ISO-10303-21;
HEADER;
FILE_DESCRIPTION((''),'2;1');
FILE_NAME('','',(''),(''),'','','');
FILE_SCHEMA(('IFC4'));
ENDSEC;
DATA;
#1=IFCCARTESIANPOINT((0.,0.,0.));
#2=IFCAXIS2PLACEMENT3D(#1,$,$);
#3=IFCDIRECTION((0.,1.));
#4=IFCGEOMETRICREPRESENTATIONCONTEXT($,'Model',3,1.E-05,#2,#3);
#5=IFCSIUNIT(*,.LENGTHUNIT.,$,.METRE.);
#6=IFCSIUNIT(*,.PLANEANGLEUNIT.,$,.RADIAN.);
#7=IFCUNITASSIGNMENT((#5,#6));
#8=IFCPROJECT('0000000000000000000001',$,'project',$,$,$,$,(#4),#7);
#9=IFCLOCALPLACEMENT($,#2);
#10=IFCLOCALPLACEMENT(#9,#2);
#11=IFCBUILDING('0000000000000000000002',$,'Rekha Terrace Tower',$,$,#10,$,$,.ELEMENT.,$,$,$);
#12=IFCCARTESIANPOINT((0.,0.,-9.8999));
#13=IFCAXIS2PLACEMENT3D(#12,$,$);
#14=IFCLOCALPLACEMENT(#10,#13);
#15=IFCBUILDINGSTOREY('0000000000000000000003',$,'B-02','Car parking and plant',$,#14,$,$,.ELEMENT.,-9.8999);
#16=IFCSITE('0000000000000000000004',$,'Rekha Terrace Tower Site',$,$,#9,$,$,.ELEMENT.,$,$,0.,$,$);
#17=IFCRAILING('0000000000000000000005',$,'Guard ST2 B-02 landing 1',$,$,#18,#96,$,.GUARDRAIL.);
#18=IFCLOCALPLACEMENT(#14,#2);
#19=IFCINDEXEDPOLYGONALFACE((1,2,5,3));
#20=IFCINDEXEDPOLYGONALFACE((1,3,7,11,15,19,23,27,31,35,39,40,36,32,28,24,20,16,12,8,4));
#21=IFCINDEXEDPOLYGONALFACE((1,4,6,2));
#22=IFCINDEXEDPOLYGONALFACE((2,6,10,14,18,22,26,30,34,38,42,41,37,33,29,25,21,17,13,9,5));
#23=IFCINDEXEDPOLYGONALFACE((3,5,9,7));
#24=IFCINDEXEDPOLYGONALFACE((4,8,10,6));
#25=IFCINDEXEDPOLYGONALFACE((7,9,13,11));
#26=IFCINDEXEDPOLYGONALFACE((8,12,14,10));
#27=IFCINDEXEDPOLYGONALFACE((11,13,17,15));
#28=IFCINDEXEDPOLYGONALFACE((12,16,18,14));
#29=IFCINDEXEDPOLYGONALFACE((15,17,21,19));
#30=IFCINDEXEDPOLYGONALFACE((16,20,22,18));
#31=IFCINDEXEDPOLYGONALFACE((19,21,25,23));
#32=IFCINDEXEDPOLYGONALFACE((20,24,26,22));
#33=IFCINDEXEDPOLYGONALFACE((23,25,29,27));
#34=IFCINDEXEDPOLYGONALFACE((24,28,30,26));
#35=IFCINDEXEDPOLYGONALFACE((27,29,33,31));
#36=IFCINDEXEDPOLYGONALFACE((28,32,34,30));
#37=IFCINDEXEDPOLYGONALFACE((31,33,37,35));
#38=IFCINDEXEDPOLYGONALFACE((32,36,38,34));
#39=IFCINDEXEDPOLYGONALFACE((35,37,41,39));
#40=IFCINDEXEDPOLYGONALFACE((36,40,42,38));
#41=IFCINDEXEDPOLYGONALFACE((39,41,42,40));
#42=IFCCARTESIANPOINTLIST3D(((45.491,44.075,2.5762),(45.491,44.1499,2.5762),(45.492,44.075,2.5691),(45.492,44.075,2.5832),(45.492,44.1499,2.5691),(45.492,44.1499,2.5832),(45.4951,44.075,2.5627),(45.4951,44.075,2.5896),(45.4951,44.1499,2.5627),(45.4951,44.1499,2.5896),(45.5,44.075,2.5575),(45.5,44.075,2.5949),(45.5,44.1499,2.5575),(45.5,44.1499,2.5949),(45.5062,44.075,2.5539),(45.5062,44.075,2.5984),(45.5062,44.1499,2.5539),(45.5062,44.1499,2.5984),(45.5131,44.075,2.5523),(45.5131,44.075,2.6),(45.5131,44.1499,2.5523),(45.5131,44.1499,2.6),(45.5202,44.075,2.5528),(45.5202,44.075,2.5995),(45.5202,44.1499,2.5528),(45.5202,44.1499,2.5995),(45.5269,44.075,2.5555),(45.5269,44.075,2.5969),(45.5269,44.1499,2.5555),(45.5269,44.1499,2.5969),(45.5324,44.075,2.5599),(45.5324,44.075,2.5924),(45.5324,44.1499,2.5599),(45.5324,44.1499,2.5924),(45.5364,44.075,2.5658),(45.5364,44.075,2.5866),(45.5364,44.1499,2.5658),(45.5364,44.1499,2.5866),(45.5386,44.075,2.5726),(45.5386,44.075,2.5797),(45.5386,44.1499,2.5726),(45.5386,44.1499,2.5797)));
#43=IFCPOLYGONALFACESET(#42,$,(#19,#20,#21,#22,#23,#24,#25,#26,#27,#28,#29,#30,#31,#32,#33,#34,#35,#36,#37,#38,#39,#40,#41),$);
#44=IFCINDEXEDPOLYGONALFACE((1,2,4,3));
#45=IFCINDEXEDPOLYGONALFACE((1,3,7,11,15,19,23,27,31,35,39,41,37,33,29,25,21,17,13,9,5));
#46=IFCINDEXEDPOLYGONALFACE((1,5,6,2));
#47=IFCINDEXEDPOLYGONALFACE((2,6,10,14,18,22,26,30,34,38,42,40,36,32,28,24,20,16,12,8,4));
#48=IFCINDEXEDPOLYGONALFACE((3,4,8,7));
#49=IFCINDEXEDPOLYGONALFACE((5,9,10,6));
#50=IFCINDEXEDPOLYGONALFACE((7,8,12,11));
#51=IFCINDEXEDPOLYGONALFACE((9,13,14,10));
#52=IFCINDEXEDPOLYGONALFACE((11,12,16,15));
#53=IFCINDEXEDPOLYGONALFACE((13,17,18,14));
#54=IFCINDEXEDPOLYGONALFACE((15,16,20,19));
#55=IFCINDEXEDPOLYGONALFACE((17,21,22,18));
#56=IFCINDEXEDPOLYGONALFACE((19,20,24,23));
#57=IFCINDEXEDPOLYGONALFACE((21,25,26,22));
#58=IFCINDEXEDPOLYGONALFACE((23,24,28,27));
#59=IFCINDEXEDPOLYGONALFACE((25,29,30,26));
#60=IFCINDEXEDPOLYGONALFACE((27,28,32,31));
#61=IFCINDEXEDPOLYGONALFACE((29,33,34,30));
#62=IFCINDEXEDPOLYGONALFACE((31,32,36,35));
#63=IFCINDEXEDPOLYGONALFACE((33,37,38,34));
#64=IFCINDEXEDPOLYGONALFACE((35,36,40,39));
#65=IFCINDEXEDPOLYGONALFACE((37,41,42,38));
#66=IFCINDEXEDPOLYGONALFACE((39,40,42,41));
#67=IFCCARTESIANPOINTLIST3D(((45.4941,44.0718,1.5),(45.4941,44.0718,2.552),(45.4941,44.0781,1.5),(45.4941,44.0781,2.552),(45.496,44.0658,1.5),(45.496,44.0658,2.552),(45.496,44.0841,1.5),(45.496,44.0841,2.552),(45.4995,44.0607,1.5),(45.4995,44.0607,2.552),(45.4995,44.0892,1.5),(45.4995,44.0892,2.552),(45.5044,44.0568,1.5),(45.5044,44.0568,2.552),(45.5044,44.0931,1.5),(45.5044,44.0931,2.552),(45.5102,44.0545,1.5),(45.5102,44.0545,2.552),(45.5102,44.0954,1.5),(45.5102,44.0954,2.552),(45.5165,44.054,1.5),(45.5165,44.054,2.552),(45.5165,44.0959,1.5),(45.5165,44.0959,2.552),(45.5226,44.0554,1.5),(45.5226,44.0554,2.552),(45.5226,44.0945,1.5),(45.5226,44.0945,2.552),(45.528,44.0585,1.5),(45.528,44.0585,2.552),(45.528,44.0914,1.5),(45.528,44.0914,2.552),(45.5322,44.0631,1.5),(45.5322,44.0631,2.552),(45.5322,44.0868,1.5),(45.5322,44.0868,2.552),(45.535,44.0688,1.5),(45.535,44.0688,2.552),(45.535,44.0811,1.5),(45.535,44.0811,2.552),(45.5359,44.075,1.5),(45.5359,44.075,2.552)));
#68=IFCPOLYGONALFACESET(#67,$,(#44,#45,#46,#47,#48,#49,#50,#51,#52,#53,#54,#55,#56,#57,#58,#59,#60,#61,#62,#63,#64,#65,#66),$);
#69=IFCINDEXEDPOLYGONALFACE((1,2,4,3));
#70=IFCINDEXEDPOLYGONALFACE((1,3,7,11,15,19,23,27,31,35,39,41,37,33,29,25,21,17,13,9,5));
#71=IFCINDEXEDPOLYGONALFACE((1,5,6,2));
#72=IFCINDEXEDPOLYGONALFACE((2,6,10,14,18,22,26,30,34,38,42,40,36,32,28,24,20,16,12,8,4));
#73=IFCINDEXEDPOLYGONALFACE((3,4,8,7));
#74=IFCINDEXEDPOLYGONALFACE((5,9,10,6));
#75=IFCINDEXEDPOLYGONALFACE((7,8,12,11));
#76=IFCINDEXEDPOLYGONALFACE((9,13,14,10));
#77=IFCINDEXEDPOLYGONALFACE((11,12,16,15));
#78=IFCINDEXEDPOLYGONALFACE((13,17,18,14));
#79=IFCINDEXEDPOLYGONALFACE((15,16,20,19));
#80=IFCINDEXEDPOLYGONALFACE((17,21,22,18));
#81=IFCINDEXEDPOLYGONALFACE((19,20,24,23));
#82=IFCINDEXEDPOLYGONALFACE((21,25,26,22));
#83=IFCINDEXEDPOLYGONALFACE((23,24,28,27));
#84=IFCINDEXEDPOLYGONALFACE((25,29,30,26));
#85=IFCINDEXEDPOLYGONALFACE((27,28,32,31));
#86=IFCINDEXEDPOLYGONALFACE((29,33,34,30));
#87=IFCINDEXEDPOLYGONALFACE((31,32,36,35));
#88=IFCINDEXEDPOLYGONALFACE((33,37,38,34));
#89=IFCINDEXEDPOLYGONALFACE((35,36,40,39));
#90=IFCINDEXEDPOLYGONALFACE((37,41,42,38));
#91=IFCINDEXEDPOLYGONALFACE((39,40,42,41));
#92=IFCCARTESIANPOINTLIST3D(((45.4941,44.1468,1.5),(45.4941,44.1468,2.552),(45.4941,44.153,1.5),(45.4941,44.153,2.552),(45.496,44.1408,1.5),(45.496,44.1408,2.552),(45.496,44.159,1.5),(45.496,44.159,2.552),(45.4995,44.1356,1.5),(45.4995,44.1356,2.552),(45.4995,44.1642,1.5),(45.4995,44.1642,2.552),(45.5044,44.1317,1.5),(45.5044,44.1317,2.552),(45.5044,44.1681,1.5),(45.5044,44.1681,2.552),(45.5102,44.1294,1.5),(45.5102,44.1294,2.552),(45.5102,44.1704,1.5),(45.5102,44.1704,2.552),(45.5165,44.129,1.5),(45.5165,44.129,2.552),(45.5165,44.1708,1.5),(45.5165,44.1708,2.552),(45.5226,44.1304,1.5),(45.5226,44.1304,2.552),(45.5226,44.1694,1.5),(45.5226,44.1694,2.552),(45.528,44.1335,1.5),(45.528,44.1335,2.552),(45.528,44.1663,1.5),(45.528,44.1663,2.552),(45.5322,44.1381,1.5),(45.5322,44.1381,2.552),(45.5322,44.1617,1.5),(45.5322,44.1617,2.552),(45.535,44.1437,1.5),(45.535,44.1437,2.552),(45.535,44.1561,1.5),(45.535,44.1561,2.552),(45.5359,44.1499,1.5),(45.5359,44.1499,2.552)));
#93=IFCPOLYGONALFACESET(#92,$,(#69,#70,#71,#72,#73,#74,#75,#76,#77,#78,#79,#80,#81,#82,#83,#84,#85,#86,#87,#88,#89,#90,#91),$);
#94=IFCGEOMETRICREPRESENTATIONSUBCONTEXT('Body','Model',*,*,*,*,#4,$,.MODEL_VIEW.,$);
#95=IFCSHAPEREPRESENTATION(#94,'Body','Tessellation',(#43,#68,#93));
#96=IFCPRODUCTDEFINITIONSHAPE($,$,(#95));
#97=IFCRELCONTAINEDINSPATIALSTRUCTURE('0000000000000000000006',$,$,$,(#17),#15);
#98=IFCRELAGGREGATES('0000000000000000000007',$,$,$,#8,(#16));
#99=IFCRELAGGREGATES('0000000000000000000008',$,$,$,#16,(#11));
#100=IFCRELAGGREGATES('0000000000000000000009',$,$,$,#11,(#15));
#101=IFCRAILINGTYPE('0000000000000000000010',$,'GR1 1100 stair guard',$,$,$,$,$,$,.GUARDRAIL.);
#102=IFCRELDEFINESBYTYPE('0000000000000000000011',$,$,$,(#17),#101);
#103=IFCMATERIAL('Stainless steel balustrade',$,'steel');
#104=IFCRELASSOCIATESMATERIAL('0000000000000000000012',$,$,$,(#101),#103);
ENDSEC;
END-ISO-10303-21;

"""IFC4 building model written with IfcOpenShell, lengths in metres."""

from ifc_helpers import new_model, si_unit, direction, frame, origin, origin_2d, place, context, subcontext, project, spatial, circle, extrude, material, type_object, element, save


model = new_model("IFC4")

# Units and contexts
model_context = context("Model", 3, precision=1e-05, world=origin(), true_north=direction((0.0, 1.0)))
body_context = subcontext(model_context, "Body", "Model", "MODEL_VIEW")
ifc_project = project(units=[si_unit("LENGTHUNIT", "METRE"), si_unit("PLANEANGLEUNIT", "RADIAN")], contexts=[model_context])

# Site, building, storey
site_placement = place(None, origin())
site = spatial("IfcSite", under=ifc_project, at=site_placement, Name="Rekha Terrace Tower Site", CompositionType="ELEMENT", RefElevation=0.0)
building_placement = place(site_placement, origin())
building = spatial("IfcBuilding", under=site, at=building_placement, Name="Rekha Terrace Tower", CompositionType="ELEMENT")
storey_placement = place(building_placement, frame((0.0, 0.0, -9.8999)))
storey = spatial("IfcBuildingStorey", under=building, at=storey_placement, Name="B-02", Description="Car parking and plant", CompositionType="ELEMENT", Elevation=-9.8999)

# Railing
ifc_material_1 = material(Name="Stainless steel balustrade", Category="steel")
railing_type_1 = type_object("IfcRailingType", Name="GR1 1100 stair guard", PredefinedType="GUARDRAIL", material=ifc_material_1)
railing_1_placement = place(storey_placement, frame((45.5149, 44.075, 1.5)))
element("IfcRailing", 1, at=railing_1_placement, inside=storey, type_object=railing_type_1, Name="Guard ST2 B-02 landing 1", PredefinedType="GUARDRAIL", context=body_context, shape_type="SweptSolid", body=[
    extrude(circle(Radius=0.0239, at=origin_2d()), frame((0.0, 0.0, 1.0762), z_axis=(0.0, 1.0, 0.0), x_axis=(-1.0, 0.0, 0.0)), (0.0, 0.0, 1.0), 0.075),
    extrude(circle(Radius=0.021, at=origin_2d()), origin(), (0.0, 0.0, 1.0), 1.052),
    extrude(circle(Radius=0.021, at=origin_2d()), frame((0.0, 0.075, 0.0)), (0.0, 0.0, 1.0), 1.052),
])

save(model, "model.ifc")
